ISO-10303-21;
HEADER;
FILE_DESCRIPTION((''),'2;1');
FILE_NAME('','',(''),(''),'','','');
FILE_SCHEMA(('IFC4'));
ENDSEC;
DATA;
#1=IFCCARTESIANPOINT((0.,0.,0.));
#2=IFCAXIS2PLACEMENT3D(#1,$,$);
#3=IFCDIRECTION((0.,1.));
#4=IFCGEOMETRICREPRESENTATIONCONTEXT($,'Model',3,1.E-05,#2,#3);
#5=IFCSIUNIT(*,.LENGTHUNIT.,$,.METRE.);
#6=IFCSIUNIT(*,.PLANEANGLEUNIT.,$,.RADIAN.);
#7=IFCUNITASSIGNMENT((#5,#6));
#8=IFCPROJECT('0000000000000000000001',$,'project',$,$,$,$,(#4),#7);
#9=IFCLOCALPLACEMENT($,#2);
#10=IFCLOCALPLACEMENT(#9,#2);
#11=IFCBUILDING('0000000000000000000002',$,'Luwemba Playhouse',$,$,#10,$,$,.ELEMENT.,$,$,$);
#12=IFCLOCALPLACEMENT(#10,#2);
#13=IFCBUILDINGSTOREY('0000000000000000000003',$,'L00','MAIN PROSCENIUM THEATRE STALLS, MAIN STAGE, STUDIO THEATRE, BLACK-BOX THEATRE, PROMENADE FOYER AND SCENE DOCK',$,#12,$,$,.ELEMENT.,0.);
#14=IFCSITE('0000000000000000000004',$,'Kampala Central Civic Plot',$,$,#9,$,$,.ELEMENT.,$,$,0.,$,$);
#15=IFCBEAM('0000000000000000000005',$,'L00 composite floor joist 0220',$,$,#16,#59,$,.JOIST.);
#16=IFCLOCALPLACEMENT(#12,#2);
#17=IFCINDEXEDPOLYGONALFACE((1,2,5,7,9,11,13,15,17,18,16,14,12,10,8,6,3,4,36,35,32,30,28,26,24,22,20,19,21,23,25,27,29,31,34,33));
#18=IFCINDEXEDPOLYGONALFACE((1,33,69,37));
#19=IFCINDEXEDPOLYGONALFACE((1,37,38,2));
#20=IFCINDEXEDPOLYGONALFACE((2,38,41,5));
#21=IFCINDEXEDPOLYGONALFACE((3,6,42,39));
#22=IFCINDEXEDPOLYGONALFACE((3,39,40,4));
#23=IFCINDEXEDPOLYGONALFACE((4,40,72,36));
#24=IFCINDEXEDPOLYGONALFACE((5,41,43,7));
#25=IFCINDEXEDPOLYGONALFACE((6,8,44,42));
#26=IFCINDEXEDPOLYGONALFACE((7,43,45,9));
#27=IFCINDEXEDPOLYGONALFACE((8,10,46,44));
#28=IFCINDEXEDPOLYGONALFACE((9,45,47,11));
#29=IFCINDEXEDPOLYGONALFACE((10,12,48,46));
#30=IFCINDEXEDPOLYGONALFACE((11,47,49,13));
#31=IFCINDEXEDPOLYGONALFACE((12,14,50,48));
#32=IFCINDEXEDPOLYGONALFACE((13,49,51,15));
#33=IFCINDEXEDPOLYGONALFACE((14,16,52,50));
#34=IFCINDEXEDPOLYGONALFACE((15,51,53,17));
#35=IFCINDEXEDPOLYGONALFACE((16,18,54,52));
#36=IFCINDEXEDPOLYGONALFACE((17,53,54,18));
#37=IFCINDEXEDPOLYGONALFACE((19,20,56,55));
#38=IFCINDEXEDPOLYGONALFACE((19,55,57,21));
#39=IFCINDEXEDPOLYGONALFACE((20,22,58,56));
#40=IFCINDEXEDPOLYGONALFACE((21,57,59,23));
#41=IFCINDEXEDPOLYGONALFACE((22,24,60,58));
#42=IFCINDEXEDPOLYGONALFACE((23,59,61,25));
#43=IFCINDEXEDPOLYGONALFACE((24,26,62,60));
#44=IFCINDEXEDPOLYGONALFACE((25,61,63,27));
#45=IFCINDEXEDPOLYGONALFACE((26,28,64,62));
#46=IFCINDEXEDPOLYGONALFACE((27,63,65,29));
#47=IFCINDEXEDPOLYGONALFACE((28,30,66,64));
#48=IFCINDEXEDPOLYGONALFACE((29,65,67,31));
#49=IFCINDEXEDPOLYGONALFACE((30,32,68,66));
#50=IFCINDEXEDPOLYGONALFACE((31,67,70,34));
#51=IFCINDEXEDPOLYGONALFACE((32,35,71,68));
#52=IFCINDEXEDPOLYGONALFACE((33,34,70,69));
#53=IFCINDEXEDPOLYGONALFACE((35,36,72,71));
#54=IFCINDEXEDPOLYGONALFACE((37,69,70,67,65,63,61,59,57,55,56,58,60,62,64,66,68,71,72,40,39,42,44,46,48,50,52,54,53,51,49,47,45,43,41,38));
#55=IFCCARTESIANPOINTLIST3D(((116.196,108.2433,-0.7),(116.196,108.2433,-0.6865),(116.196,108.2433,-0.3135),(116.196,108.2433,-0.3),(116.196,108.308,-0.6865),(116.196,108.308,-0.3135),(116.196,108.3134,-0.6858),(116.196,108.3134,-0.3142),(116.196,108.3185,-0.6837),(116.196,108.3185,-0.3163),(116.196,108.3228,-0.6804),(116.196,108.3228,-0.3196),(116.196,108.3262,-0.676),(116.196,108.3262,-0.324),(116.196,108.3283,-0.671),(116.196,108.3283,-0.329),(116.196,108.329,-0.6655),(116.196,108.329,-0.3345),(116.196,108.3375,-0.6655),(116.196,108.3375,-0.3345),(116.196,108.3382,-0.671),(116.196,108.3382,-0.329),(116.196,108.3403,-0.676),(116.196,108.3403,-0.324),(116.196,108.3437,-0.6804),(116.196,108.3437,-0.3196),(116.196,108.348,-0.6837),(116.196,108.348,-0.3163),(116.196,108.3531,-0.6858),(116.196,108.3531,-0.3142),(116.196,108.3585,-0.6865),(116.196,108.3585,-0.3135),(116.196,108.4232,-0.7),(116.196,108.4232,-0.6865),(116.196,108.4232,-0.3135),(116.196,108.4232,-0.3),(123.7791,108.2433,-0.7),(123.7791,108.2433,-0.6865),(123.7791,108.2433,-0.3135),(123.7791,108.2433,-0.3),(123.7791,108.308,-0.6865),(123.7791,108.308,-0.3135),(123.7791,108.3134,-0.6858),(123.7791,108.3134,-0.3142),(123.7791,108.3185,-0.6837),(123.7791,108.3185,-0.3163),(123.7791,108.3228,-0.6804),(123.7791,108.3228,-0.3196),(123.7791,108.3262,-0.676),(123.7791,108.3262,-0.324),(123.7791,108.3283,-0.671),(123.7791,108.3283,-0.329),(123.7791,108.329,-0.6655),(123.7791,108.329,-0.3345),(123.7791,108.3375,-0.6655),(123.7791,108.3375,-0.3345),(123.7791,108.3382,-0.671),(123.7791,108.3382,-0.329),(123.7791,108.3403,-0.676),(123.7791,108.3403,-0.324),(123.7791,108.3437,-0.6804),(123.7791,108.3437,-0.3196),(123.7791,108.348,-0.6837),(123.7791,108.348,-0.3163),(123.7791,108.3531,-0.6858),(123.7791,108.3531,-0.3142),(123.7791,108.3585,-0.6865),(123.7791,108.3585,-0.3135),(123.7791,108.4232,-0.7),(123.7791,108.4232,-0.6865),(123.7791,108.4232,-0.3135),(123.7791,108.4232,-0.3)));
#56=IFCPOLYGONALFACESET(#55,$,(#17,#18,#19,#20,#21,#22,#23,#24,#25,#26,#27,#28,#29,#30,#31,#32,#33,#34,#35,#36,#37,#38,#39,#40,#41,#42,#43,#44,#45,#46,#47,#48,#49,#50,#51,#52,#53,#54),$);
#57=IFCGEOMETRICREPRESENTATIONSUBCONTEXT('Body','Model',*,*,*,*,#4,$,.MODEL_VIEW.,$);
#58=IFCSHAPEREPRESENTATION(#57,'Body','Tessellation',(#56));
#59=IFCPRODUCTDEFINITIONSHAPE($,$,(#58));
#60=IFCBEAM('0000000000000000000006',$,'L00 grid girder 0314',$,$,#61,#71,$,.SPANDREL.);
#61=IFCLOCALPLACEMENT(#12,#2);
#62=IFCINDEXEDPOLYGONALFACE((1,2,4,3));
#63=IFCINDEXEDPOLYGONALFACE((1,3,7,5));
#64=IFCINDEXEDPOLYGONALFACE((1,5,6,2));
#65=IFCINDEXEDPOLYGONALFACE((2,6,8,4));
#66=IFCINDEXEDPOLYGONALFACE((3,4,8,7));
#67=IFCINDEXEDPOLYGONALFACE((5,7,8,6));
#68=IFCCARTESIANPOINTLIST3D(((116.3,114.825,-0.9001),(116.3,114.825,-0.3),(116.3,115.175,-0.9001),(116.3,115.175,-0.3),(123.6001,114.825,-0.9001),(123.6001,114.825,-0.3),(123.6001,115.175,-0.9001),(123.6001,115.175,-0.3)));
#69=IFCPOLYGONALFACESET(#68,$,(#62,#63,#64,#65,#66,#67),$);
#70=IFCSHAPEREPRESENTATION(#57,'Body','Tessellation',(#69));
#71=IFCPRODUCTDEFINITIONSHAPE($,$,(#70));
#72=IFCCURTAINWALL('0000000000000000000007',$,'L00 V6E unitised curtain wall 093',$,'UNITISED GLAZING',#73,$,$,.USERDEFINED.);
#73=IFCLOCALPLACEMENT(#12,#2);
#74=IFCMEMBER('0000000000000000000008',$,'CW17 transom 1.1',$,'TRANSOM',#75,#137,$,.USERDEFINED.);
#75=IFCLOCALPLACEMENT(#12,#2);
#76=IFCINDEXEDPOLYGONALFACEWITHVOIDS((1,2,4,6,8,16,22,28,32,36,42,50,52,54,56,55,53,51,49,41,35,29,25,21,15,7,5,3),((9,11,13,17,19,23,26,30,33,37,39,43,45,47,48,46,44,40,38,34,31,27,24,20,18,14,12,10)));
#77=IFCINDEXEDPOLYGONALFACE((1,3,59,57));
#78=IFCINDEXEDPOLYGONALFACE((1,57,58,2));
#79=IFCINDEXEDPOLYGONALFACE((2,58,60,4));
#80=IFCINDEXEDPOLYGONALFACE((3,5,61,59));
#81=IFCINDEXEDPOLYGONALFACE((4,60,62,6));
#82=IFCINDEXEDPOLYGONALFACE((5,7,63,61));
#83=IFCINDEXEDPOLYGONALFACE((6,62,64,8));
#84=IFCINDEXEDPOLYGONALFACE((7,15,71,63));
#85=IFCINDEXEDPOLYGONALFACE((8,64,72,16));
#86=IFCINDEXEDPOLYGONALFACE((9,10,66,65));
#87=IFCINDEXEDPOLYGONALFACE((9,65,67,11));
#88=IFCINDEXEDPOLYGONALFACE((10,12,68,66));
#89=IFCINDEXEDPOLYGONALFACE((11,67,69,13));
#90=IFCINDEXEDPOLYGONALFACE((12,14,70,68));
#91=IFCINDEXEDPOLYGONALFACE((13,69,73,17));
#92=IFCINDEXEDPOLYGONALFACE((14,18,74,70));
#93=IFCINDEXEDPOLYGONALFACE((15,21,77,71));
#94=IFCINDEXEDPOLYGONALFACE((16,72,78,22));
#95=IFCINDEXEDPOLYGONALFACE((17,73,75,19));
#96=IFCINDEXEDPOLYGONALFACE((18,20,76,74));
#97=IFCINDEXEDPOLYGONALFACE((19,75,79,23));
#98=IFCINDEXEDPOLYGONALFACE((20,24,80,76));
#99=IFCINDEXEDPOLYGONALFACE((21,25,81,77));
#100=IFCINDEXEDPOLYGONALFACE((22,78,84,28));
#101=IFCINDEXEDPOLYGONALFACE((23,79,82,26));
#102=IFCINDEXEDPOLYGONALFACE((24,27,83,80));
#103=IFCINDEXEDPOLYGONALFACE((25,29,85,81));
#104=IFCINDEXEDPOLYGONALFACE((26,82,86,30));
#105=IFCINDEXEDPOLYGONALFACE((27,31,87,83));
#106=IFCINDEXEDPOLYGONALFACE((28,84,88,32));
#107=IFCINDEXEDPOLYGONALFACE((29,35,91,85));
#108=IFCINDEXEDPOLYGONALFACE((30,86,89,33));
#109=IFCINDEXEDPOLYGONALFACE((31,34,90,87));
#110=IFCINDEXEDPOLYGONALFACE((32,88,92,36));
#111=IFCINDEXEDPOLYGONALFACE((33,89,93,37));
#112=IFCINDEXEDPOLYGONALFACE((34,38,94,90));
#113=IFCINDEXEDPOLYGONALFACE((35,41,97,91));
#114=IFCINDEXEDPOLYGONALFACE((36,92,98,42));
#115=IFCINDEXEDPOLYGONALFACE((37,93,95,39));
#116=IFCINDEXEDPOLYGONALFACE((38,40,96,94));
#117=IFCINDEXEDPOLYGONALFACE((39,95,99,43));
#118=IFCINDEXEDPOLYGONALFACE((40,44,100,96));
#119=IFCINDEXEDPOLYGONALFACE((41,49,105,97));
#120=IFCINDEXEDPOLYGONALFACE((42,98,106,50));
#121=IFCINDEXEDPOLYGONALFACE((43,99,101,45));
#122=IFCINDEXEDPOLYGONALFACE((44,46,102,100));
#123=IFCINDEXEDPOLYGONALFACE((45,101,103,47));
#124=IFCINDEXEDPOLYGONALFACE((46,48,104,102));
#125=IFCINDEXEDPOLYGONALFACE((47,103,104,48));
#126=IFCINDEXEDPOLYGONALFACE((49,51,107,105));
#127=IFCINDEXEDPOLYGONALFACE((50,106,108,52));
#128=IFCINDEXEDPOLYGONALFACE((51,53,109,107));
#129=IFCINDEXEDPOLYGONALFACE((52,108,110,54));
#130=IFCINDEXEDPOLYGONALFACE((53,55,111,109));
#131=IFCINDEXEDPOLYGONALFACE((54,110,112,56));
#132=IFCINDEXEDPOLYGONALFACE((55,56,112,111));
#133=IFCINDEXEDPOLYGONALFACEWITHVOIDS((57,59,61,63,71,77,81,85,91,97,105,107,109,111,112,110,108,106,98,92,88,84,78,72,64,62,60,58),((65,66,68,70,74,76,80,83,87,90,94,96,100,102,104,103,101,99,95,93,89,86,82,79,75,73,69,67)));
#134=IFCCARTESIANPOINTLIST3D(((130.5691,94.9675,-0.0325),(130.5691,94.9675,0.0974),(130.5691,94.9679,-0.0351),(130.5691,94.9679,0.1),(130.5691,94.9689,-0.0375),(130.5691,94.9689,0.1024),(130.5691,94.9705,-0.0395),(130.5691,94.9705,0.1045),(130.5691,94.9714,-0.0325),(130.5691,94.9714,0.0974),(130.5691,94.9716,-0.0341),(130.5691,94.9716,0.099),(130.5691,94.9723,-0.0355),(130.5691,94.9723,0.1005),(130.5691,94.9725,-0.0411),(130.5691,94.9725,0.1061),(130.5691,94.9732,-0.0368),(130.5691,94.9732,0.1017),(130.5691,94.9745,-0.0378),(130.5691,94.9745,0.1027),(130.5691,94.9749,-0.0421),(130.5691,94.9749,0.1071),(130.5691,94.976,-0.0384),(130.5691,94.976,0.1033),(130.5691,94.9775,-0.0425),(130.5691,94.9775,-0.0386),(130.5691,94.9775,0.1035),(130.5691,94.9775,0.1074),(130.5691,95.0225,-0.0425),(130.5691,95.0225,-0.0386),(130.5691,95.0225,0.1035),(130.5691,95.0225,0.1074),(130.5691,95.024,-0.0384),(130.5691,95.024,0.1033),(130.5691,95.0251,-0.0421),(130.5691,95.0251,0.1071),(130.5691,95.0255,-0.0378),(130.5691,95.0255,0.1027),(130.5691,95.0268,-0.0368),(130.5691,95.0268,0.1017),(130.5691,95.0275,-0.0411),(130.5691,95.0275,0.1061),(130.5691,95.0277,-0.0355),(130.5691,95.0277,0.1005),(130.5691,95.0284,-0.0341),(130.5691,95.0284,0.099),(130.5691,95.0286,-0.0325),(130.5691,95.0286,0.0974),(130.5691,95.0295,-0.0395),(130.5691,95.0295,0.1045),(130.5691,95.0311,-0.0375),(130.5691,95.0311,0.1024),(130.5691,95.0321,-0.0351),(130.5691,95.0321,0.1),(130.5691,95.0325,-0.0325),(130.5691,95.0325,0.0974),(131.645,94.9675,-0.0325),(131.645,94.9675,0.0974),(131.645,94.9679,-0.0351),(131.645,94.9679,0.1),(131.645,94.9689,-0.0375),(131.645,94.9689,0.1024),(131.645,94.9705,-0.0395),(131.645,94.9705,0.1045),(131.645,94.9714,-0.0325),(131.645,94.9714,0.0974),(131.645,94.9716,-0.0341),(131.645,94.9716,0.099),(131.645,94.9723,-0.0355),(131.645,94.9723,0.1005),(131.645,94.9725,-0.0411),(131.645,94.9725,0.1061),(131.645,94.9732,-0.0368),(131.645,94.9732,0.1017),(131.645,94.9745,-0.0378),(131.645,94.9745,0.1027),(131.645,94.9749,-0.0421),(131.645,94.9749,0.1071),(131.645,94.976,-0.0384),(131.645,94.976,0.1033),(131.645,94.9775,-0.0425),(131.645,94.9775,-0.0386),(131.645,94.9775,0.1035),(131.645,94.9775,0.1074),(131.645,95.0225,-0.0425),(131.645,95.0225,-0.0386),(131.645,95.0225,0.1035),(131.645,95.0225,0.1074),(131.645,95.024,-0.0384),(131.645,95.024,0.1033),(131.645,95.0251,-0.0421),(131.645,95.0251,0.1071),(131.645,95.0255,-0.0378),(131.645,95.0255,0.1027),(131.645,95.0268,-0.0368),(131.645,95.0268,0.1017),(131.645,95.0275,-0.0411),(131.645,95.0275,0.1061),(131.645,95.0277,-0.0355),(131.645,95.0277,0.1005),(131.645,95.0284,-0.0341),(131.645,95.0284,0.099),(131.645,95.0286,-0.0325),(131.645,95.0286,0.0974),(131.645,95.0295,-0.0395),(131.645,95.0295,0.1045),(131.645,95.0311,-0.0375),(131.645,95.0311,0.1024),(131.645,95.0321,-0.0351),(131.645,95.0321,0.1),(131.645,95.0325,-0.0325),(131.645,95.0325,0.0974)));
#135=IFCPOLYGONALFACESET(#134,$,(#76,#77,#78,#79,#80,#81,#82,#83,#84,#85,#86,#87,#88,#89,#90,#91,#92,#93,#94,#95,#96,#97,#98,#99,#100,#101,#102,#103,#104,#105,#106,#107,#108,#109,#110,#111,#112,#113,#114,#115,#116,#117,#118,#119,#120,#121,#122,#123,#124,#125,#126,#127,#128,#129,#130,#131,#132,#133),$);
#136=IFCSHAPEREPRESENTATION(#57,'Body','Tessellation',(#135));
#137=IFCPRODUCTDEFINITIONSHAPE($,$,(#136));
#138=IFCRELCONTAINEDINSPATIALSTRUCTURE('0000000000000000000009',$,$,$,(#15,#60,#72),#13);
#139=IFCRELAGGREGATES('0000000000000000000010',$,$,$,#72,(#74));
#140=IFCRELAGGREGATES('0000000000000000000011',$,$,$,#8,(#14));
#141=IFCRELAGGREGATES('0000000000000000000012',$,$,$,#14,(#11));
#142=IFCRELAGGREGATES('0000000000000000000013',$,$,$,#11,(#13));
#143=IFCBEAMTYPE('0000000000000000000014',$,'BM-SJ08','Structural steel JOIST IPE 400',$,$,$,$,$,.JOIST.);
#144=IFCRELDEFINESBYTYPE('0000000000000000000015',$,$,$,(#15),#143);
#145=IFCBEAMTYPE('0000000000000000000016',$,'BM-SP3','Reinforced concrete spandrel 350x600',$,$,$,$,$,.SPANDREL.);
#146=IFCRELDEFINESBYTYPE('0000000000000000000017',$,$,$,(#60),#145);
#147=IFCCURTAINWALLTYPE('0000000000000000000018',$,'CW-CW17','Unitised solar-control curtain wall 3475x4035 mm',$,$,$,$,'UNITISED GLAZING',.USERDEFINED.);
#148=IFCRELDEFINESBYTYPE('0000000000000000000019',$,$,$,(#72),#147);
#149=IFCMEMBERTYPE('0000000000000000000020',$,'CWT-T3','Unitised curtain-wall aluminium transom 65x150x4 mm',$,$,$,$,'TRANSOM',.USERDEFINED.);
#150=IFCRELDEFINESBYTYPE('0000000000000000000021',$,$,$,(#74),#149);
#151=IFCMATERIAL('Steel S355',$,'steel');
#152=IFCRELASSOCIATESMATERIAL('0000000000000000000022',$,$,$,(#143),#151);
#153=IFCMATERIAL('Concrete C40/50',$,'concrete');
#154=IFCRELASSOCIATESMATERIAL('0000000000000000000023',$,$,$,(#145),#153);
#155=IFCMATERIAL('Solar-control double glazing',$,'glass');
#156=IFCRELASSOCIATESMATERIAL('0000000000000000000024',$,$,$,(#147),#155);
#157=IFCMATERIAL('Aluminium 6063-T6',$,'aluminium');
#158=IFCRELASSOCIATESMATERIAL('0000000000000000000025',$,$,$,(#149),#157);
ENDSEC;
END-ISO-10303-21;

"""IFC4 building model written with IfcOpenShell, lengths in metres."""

from ifc_helpers import new_model, si_unit, direction, frame, origin, origin_2d, place, context, subcontext, project, spatial, rectangle, hollow_rectangle, i_section, extrude, material, material_profile, profile_set, type_object, element, aggregate, save


model = new_model("IFC4")

# Units and contexts
model_context = context("Model", 3, precision=1e-05, world=origin(), true_north=direction((0.0, 1.0)))
body_context = subcontext(model_context, "Body", "Model", "MODEL_VIEW")
ifc_project = project(units=[si_unit("LENGTHUNIT", "METRE"), si_unit("PLANEANGLEUNIT", "RADIAN")], contexts=[model_context])

# Site, building, storey
site_placement = place(None, origin())
site = spatial("IfcSite", under=ifc_project, at=site_placement, Name="Kampala Central Civic Plot", CompositionType="ELEMENT", RefElevation=0.0)
building_placement = place(site_placement, origin())
building = spatial("IfcBuilding", under=site, at=building_placement, Name="Luwemba Playhouse", CompositionType="ELEMENT")
storey_placement = place(building_placement, origin())
storey = spatial("IfcBuildingStorey", under=building, at=storey_placement, Name="L00", Description="MAIN PROSCENIUM THEATRE STALLS, MAIN STAGE, STUDIO THEATRE, BLACK-BOX THEATRE, PROMENADE FOYER AND SCENE DOCK", CompositionType="ELEMENT", Elevation=0.0)

# Beams
ifc_material_1 = material(Name="Concrete C40/50", Category="concrete")
ifc_material_2 = material(Name="Steel S355", Category="steel")
ifc_material_profile_1 = material_profile(ifc_material_2, i_section(OverallWidth=0.1799, OverallDepth=0.3999, WebThickness=0.0085, FlangeThickness=0.0134, FilletRadius=0.021, at=origin_2d()))
ifc_profile_set_1 = profile_set([ifc_material_profile_1], Name="Steel S355")
beam_type_1 = type_object("IfcBeamType", Name="BM-SJ08", Description="Structural steel JOIST IPE 400", PredefinedType="JOIST", material=ifc_profile_set_1)
beam_1_placement = place(storey_placement, frame((116.196, 108.3333, -0.5), z_axis=(1.0, 0.0, 0.0), x_axis=(0.0, 1.0, 0.0)))
element("IfcBeam", 1, at=beam_1_placement, inside=storey, type_object=beam_type_1, Name="L00 composite floor joist 0220", PredefinedType="JOIST", context=body_context, shape_type="SweptSolid", body=[
    extrude(i_section(OverallWidth=0.1799, OverallDepth=0.3999, WebThickness=0.0085, FlangeThickness=0.0134, FilletRadius=0.021, at=origin_2d()), origin(), (0.0, 0.0, 1.0), 7.583),
])
ifc_material_profile_2 = material_profile(ifc_material_1, rectangle(XDim=0.3501, YDim=0.6001, at=origin_2d()))
ifc_profile_set_2 = profile_set([ifc_material_profile_2], Name="Concrete C40/50")
beam_type_2 = type_object("IfcBeamType", Name="BM-SP3", Description="Reinforced concrete spandrel 350x600", PredefinedType="SPANDREL", material=ifc_profile_set_2)
beam_2_placement = place(storey_placement, frame((116.3, 115.0, -0.6001), z_axis=(1.0, 0.0, 0.0), x_axis=(0.0, 1.0, 0.0)))
element("IfcBeam", 2, at=beam_2_placement, inside=storey, type_object=beam_type_2, Name="L00 grid girder 0314", PredefinedType="SPANDREL", context=body_context, shape_type="SweptSolid", body=[
    extrude(rectangle(XDim=0.3501, YDim=0.6001, at=origin_2d()), origin(), (0.0, 0.0, 1.0), 7.3),
])

# Curtain wall, member
ifc_material_3 = material(Name="Solar-control double glazing", Category="glass")
curtain_wall_type = type_object("IfcCurtainWallType", Name="CW-CW17", Description="Unitised solar-control curtain wall 3475x4035 mm", ElementType="UNITISED GLAZING", PredefinedType="USERDEFINED", material=ifc_material_3)
curtain_wall_placement = place(storey_placement, origin())
curtain_wall = element("IfcCurtainWall", 3, at=curtain_wall_placement, inside=storey, type_object=curtain_wall_type, Name="L00 V6E unitised curtain wall 093", ObjectType="UNITISED GLAZING", PredefinedType="USERDEFINED")
ifc_material_4 = material(Name="Aluminium 6063-T6", Category="aluminium")
ifc_material_profile_3 = material_profile(ifc_material_4, hollow_rectangle(XDim=0.0649, YDim=0.1499, WallThickness=0.0039, InnerFilletRadius=0.0061, OuterFilletRadius=0.01, at=origin_2d()))
ifc_profile_set_3 = profile_set([ifc_material_profile_3], Name="Aluminium 6063-T6")
member_type = type_object("IfcMemberType", Name="CWT-T3", Description="Unitised curtain-wall aluminium transom 65x150x4 mm", ElementType="TRANSOM", PredefinedType="USERDEFINED", material=ifc_profile_set_3)
member_1_placement = place(storey_placement, frame((131.645, 95.0, 0.0325), z_axis=(-1.0, 0.0, 0.0), x_axis=(0.0, -1.0, 0.0)))
member_1 = element("IfcMember", 4, at=member_1_placement, type_object=member_type, Name="CW17 transom 1.1", ObjectType="TRANSOM", PredefinedType="USERDEFINED", context=body_context, shape_type="SweptSolid", body=[
    extrude(hollow_rectangle(XDim=0.0649, YDim=0.1499, WallThickness=0.0039, InnerFilletRadius=0.0061, OuterFilletRadius=0.01, at=origin_2d()), origin(), (0.0, 0.0, 1.0), 1.0759),
])
aggregate(curtain_wall, [member_1])

save(model, "model.ifc")
